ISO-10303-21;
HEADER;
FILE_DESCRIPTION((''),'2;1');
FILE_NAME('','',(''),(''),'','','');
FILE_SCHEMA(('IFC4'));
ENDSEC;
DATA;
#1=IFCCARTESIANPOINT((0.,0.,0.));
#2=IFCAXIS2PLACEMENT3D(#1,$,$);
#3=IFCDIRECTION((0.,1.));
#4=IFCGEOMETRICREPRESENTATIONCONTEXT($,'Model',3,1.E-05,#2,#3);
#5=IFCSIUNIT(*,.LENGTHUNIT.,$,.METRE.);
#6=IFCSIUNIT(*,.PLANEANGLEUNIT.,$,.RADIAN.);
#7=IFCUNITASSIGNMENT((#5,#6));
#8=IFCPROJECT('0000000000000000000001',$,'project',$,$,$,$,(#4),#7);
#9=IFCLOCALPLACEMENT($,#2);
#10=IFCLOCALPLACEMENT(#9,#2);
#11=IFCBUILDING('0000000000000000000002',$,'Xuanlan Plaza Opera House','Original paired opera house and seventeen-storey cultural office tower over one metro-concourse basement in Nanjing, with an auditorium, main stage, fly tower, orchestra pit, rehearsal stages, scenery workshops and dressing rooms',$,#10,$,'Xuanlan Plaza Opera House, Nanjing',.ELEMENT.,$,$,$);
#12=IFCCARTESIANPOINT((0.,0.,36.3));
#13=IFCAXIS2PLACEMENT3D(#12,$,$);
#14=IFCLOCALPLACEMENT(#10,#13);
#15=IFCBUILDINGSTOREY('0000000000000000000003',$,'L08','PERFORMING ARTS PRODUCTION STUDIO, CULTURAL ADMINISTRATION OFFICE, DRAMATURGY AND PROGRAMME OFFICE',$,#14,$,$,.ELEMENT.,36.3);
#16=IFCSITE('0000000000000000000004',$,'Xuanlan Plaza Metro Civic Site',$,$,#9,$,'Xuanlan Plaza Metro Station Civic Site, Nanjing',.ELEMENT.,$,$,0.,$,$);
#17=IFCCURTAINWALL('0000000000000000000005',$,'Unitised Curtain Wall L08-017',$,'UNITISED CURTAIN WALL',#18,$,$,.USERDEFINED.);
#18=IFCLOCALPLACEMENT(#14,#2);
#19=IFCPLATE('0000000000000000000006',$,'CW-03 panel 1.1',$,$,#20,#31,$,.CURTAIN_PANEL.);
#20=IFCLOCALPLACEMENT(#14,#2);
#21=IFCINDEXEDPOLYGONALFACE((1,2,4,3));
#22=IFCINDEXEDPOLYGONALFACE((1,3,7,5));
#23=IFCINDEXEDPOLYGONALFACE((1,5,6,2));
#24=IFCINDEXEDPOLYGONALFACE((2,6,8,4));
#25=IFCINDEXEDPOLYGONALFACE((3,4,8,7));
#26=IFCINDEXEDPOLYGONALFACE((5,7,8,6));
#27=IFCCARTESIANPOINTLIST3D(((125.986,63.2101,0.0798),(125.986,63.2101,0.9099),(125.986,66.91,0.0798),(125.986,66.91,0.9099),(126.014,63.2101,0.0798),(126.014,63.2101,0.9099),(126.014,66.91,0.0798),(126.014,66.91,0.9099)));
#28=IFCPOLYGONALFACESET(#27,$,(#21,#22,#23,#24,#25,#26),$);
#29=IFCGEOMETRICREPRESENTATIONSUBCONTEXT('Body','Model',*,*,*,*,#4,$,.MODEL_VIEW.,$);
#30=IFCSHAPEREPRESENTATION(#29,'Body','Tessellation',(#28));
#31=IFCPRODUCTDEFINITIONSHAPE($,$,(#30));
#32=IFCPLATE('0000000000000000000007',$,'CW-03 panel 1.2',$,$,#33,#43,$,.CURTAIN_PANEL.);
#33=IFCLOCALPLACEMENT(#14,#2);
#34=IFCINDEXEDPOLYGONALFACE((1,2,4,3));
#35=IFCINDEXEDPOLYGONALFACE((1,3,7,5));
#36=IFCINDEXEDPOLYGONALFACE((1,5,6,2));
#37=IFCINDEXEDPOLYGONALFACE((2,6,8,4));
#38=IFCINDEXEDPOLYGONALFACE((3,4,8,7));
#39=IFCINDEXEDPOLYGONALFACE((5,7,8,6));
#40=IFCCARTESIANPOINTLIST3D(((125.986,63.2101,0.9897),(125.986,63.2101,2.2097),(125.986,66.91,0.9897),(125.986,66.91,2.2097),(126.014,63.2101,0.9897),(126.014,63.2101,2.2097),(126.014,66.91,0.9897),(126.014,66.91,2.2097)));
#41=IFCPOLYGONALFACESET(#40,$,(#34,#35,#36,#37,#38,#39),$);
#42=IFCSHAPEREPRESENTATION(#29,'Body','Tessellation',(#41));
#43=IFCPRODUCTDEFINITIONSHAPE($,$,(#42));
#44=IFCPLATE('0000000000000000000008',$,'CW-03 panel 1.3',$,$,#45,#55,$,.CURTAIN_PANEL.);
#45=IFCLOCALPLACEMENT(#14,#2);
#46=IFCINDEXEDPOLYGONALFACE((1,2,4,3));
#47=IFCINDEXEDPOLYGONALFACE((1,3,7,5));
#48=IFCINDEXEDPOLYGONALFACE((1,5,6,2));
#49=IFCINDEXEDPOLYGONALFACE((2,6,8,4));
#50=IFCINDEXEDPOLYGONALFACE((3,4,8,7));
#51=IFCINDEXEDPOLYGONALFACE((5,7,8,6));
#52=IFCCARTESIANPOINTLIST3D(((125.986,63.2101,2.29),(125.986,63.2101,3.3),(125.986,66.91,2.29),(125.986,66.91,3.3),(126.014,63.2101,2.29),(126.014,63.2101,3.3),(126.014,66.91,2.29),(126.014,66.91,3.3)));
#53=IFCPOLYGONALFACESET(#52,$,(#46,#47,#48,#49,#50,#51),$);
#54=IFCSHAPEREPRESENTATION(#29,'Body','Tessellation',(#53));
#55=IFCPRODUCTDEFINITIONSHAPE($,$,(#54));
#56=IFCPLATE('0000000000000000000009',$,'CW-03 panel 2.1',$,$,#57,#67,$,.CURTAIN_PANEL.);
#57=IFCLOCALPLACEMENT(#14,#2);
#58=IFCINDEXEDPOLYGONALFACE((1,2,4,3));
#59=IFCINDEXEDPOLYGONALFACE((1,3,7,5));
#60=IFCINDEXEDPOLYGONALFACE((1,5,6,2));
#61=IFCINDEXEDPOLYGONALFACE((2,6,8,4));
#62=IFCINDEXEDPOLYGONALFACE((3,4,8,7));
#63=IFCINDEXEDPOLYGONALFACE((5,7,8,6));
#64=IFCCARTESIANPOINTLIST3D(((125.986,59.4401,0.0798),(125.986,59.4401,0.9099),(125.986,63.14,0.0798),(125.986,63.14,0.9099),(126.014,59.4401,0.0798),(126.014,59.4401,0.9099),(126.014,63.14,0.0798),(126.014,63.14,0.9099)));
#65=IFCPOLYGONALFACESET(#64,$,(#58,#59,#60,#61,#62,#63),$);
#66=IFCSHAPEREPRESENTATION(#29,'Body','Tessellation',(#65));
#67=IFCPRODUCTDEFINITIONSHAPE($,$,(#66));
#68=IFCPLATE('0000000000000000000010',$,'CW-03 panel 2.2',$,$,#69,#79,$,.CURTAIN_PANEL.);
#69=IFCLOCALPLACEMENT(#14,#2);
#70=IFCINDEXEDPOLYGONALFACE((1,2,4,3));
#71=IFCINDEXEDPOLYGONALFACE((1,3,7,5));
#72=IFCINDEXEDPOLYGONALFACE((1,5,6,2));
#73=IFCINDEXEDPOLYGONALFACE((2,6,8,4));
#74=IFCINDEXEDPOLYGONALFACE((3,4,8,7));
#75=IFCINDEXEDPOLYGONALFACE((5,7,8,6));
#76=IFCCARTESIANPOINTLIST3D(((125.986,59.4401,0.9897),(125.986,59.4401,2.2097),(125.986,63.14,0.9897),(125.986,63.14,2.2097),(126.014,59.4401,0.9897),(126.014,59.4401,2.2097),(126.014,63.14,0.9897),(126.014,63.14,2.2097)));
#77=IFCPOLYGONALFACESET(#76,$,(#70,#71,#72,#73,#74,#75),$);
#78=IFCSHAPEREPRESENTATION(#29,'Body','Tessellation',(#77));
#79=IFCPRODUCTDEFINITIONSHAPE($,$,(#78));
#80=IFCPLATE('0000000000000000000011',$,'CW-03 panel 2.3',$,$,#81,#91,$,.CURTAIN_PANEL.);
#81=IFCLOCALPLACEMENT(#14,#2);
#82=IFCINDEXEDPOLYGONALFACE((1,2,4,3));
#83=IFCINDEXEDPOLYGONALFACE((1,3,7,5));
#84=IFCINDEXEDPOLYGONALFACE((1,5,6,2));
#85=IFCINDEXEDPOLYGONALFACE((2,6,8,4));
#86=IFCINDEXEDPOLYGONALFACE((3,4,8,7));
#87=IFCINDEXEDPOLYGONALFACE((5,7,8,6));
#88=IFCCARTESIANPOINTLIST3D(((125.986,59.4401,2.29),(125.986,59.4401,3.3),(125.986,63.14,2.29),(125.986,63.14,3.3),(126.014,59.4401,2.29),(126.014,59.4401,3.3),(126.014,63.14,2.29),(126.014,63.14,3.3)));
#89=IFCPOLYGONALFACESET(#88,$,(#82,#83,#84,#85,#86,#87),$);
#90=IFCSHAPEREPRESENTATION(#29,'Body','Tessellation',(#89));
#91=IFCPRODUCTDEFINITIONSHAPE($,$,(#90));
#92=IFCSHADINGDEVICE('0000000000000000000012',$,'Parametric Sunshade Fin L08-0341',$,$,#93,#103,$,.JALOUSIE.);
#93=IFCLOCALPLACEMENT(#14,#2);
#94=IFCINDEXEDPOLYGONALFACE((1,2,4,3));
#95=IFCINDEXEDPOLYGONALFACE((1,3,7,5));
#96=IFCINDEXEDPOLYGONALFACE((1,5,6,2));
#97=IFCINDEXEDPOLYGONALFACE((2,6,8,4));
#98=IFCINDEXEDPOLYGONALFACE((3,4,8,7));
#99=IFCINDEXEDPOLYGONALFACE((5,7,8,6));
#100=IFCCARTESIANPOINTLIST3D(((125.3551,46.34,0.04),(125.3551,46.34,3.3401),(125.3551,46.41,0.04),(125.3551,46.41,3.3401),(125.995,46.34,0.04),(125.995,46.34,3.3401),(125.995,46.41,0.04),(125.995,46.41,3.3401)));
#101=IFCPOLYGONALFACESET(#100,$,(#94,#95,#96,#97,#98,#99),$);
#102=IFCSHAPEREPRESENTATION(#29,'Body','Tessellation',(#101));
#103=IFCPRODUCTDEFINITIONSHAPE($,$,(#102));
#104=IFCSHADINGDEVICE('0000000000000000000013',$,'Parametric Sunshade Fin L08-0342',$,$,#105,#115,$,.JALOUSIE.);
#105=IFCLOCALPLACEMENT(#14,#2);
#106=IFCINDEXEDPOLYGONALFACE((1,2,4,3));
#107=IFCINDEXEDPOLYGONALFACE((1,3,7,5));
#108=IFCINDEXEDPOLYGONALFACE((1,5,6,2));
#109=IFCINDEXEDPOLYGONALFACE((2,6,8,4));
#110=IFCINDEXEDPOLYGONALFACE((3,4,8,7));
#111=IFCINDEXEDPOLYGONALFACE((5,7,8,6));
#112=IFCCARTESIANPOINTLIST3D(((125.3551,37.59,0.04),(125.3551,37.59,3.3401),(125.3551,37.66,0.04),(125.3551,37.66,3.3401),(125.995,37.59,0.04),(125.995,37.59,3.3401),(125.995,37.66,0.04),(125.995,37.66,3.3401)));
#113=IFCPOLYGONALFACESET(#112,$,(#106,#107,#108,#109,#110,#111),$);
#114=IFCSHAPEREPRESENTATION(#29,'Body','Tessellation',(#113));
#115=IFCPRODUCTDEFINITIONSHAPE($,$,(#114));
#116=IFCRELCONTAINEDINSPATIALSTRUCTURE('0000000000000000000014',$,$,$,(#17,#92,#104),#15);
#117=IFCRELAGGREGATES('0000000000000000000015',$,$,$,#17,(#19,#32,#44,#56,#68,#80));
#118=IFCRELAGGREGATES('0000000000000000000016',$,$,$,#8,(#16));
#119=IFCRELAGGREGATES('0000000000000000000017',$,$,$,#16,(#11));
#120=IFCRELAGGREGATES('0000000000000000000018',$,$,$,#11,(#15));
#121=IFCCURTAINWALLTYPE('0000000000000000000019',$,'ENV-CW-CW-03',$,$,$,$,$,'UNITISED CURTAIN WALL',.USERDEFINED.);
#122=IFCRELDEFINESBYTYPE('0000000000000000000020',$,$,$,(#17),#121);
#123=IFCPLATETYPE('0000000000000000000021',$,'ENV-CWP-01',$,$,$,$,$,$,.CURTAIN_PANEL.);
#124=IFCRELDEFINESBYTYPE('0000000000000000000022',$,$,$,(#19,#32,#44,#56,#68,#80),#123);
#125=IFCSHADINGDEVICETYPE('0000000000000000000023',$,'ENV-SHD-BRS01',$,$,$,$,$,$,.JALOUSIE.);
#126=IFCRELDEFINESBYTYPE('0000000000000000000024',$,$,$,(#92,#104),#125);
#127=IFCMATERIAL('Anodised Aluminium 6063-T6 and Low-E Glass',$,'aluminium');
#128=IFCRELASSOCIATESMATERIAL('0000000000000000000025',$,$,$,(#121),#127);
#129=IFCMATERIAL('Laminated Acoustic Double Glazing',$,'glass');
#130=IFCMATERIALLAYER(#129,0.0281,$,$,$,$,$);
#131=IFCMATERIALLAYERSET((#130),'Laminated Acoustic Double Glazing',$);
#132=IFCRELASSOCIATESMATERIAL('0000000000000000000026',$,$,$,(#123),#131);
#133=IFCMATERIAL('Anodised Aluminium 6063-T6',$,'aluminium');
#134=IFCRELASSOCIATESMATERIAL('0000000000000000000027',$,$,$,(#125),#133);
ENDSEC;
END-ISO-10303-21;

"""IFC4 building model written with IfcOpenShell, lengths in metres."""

from ifc_helpers import new_model, si_unit, direction, frame, origin, origin_2d, place, context, subcontext, project, spatial, rectangle, extrude, material, layer, layer_set, type_object, element, aggregate, save


model = new_model("IFC4")

# Units and contexts
model_context = context("Model", 3, precision=1e-05, world=origin(), true_north=direction((0.0, 1.0)))
body_context = subcontext(model_context, "Body", "Model", "MODEL_VIEW")
ifc_project = project(units=[si_unit("LENGTHUNIT", "METRE"), si_unit("PLANEANGLEUNIT", "RADIAN")], contexts=[model_context])

# Site, building, storey
site_placement = place(None, origin())
site = spatial("IfcSite", under=ifc_project, at=site_placement, Name="Xuanlan Plaza Metro Civic Site", LongName="Xuanlan Plaza Metro Station Civic Site, Nanjing", CompositionType="ELEMENT", RefElevation=0.0)
building_placement = place(site_placement, origin())
building = spatial("IfcBuilding", under=site, at=building_placement, Name="Xuanlan Plaza Opera House", Description="Original paired opera house and seventeen-storey cultural office tower over one metro-concourse basement in Nanjing, with an auditorium, main stage, fly tower, orchestra pit, rehearsal stages, scenery workshops and dressing rooms", LongName="Xuanlan Plaza Opera House, Nanjing", CompositionType="ELEMENT")
storey_placement = place(building_placement, frame((0.0, 0.0, 36.3)))
storey = spatial("IfcBuildingStorey", under=building, at=storey_placement, Name="L08", Description="PERFORMING ARTS PRODUCTION STUDIO, CULTURAL ADMINISTRATION OFFICE, DRAMATURGY AND PROGRAMME OFFICE", CompositionType="ELEMENT", Elevation=36.3)

# Curtain wall
ifc_material_1 = material(Name="Anodised Aluminium 6063-T6 and Low-E Glass", Category="aluminium")
curtain_wall_type_1 = type_object("IfcCurtainWallType", Name="ENV-CW-CW-03", ElementType="UNITISED CURTAIN WALL", PredefinedType="USERDEFINED", material=ifc_material_1)
curtain_wall_1_placement = place(storey_placement, origin())
curtain_wall_1 = element("IfcCurtainWall", 1, at=curtain_wall_1_placement, inside=storey, type_object=curtain_wall_type_1, Name="Unitised Curtain Wall L08-017", ObjectType="UNITISED CURTAIN WALL", PredefinedType="USERDEFINED")
ifc_material_2 = material(Name="Anodised Aluminium 6063-T6", Category="aluminium")

# Plates
ifc_material_3 = material(Name="Laminated Acoustic Double Glazing", Category="glass")
ifc_layer = layer(ifc_material_3, 0.0281)
ifc_layer_set = layer_set([ifc_layer], Name="Laminated Acoustic Double Glazing")
plate_type = type_object("IfcPlateType", Name="ENV-CWP-01", PredefinedType="CURTAIN_PANEL", material=ifc_layer_set)
plate_1_placement = place(storey_placement, frame((126.0, 65.0601, 0.0798), z_axis=(0.0, 0.0, 1.0), x_axis=(0.0, -1.0, 0.0)))
plate_1 = element("IfcPlate", 2, at=plate_1_placement, type_object=plate_type, Name="CW-03 panel 1.1", PredefinedType="CURTAIN_PANEL", context=body_context, shape_type="SweptSolid", body=[
    extrude(rectangle(XDim=3.7, YDim=0.0281, at=origin_2d()), origin(), (0.0, 0.0, 1.0), 0.8301),
])
plate_2_placement = place(storey_placement, frame((126.0, 65.0601, 0.9897), z_axis=(0.0, 0.0, 1.0), x_axis=(0.0, -1.0, 0.0)))
plate_2 = element("IfcPlate", 3, at=plate_2_placement, type_object=plate_type, Name="CW-03 panel 1.2", PredefinedType="CURTAIN_PANEL", context=body_context, shape_type="SweptSolid", body=[
    extrude(rectangle(XDim=3.7, YDim=0.0281, at=origin_2d()), origin(), (0.0, 0.0, 1.0), 1.22),
])
plate_3_placement = place(storey_placement, frame((126.0, 65.0601, 2.29), z_axis=(0.0, 0.0, 1.0), x_axis=(0.0, -1.0, 0.0)))
plate_3 = element("IfcPlate", 4, at=plate_3_placement, type_object=plate_type, Name="CW-03 panel 1.3", PredefinedType="CURTAIN_PANEL", context=body_context, shape_type="SweptSolid", body=[
    extrude(rectangle(XDim=3.7, YDim=0.0281, at=origin_2d()), origin(), (0.0, 0.0, 1.0), 1.01),
])
plate_4_placement = place(storey_placement, frame((126.0, 61.29, 0.0798), z_axis=(0.0, 0.0, 1.0), x_axis=(0.0, -1.0, 0.0)))
plate_4 = element("IfcPlate", 5, at=plate_4_placement, type_object=plate_type, Name="CW-03 panel 2.1", PredefinedType="CURTAIN_PANEL", context=body_context, shape_type="SweptSolid", body=[
    extrude(rectangle(XDim=3.7, YDim=0.0281, at=origin_2d()), origin(), (0.0, 0.0, 1.0), 0.8301),
])
plate_5_placement = place(storey_placement, frame((126.0, 61.29, 0.9897), z_axis=(0.0, 0.0, 1.0), x_axis=(0.0, -1.0, 0.0)))
plate_5 = element("IfcPlate", 6, at=plate_5_placement, type_object=plate_type, Name="CW-03 panel 2.2", PredefinedType="CURTAIN_PANEL", context=body_context, shape_type="SweptSolid", body=[
    extrude(rectangle(XDim=3.7, YDim=0.0281, at=origin_2d()), origin(), (0.0, 0.0, 1.0), 1.22),
])
plate_6_placement = place(storey_placement, frame((126.0, 61.29, 2.29), z_axis=(0.0, 0.0, 1.0), x_axis=(0.0, -1.0, 0.0)))
plate_6 = element("IfcPlate", 7, at=plate_6_placement, type_object=plate_type, Name="CW-03 panel 2.3", PredefinedType="CURTAIN_PANEL", context=body_context, shape_type="SweptSolid", body=[
    extrude(rectangle(XDim=3.7, YDim=0.0281, at=origin_2d()), origin(), (0.0, 0.0, 1.0), 1.01),
])
aggregate(curtain_wall_1, [plate_1, plate_2, plate_3, plate_4, plate_5, plate_6])

# Shading devices
shading_device_type = type_object("IfcShadingDeviceType", Name="ENV-SHD-BRS01", PredefinedType="JALOUSIE", material=ifc_material_2)
for number, where, z_axis, x_axis, name in (
    (8, (125.675, 46.375, 0.04), (0.0, 0.0, 1.0), (-1.0, 0.0, 0.0), "Parametric Sunshade Fin L08-0341"),
    (9, (125.675, 37.625, 0.04), (0.0, 0.0, 1.0), (-1.0, 0.0, 0.0), "Parametric Sunshade Fin L08-0342"),
):
    element("IfcShadingDevice", number, at=place(storey_placement, frame(where, z_axis=z_axis, x_axis=x_axis)), inside=storey, type_object=shading_device_type, Name=name, PredefinedType="JALOUSIE", context=body_context, shape_type="SweptSolid", body=[
        extrude(rectangle(XDim=0.6399, YDim=0.0701, at=origin_2d()), origin(), (0.0, 0.0, 1.0), 3.3),
    ])

save(model, "model.ifc")
